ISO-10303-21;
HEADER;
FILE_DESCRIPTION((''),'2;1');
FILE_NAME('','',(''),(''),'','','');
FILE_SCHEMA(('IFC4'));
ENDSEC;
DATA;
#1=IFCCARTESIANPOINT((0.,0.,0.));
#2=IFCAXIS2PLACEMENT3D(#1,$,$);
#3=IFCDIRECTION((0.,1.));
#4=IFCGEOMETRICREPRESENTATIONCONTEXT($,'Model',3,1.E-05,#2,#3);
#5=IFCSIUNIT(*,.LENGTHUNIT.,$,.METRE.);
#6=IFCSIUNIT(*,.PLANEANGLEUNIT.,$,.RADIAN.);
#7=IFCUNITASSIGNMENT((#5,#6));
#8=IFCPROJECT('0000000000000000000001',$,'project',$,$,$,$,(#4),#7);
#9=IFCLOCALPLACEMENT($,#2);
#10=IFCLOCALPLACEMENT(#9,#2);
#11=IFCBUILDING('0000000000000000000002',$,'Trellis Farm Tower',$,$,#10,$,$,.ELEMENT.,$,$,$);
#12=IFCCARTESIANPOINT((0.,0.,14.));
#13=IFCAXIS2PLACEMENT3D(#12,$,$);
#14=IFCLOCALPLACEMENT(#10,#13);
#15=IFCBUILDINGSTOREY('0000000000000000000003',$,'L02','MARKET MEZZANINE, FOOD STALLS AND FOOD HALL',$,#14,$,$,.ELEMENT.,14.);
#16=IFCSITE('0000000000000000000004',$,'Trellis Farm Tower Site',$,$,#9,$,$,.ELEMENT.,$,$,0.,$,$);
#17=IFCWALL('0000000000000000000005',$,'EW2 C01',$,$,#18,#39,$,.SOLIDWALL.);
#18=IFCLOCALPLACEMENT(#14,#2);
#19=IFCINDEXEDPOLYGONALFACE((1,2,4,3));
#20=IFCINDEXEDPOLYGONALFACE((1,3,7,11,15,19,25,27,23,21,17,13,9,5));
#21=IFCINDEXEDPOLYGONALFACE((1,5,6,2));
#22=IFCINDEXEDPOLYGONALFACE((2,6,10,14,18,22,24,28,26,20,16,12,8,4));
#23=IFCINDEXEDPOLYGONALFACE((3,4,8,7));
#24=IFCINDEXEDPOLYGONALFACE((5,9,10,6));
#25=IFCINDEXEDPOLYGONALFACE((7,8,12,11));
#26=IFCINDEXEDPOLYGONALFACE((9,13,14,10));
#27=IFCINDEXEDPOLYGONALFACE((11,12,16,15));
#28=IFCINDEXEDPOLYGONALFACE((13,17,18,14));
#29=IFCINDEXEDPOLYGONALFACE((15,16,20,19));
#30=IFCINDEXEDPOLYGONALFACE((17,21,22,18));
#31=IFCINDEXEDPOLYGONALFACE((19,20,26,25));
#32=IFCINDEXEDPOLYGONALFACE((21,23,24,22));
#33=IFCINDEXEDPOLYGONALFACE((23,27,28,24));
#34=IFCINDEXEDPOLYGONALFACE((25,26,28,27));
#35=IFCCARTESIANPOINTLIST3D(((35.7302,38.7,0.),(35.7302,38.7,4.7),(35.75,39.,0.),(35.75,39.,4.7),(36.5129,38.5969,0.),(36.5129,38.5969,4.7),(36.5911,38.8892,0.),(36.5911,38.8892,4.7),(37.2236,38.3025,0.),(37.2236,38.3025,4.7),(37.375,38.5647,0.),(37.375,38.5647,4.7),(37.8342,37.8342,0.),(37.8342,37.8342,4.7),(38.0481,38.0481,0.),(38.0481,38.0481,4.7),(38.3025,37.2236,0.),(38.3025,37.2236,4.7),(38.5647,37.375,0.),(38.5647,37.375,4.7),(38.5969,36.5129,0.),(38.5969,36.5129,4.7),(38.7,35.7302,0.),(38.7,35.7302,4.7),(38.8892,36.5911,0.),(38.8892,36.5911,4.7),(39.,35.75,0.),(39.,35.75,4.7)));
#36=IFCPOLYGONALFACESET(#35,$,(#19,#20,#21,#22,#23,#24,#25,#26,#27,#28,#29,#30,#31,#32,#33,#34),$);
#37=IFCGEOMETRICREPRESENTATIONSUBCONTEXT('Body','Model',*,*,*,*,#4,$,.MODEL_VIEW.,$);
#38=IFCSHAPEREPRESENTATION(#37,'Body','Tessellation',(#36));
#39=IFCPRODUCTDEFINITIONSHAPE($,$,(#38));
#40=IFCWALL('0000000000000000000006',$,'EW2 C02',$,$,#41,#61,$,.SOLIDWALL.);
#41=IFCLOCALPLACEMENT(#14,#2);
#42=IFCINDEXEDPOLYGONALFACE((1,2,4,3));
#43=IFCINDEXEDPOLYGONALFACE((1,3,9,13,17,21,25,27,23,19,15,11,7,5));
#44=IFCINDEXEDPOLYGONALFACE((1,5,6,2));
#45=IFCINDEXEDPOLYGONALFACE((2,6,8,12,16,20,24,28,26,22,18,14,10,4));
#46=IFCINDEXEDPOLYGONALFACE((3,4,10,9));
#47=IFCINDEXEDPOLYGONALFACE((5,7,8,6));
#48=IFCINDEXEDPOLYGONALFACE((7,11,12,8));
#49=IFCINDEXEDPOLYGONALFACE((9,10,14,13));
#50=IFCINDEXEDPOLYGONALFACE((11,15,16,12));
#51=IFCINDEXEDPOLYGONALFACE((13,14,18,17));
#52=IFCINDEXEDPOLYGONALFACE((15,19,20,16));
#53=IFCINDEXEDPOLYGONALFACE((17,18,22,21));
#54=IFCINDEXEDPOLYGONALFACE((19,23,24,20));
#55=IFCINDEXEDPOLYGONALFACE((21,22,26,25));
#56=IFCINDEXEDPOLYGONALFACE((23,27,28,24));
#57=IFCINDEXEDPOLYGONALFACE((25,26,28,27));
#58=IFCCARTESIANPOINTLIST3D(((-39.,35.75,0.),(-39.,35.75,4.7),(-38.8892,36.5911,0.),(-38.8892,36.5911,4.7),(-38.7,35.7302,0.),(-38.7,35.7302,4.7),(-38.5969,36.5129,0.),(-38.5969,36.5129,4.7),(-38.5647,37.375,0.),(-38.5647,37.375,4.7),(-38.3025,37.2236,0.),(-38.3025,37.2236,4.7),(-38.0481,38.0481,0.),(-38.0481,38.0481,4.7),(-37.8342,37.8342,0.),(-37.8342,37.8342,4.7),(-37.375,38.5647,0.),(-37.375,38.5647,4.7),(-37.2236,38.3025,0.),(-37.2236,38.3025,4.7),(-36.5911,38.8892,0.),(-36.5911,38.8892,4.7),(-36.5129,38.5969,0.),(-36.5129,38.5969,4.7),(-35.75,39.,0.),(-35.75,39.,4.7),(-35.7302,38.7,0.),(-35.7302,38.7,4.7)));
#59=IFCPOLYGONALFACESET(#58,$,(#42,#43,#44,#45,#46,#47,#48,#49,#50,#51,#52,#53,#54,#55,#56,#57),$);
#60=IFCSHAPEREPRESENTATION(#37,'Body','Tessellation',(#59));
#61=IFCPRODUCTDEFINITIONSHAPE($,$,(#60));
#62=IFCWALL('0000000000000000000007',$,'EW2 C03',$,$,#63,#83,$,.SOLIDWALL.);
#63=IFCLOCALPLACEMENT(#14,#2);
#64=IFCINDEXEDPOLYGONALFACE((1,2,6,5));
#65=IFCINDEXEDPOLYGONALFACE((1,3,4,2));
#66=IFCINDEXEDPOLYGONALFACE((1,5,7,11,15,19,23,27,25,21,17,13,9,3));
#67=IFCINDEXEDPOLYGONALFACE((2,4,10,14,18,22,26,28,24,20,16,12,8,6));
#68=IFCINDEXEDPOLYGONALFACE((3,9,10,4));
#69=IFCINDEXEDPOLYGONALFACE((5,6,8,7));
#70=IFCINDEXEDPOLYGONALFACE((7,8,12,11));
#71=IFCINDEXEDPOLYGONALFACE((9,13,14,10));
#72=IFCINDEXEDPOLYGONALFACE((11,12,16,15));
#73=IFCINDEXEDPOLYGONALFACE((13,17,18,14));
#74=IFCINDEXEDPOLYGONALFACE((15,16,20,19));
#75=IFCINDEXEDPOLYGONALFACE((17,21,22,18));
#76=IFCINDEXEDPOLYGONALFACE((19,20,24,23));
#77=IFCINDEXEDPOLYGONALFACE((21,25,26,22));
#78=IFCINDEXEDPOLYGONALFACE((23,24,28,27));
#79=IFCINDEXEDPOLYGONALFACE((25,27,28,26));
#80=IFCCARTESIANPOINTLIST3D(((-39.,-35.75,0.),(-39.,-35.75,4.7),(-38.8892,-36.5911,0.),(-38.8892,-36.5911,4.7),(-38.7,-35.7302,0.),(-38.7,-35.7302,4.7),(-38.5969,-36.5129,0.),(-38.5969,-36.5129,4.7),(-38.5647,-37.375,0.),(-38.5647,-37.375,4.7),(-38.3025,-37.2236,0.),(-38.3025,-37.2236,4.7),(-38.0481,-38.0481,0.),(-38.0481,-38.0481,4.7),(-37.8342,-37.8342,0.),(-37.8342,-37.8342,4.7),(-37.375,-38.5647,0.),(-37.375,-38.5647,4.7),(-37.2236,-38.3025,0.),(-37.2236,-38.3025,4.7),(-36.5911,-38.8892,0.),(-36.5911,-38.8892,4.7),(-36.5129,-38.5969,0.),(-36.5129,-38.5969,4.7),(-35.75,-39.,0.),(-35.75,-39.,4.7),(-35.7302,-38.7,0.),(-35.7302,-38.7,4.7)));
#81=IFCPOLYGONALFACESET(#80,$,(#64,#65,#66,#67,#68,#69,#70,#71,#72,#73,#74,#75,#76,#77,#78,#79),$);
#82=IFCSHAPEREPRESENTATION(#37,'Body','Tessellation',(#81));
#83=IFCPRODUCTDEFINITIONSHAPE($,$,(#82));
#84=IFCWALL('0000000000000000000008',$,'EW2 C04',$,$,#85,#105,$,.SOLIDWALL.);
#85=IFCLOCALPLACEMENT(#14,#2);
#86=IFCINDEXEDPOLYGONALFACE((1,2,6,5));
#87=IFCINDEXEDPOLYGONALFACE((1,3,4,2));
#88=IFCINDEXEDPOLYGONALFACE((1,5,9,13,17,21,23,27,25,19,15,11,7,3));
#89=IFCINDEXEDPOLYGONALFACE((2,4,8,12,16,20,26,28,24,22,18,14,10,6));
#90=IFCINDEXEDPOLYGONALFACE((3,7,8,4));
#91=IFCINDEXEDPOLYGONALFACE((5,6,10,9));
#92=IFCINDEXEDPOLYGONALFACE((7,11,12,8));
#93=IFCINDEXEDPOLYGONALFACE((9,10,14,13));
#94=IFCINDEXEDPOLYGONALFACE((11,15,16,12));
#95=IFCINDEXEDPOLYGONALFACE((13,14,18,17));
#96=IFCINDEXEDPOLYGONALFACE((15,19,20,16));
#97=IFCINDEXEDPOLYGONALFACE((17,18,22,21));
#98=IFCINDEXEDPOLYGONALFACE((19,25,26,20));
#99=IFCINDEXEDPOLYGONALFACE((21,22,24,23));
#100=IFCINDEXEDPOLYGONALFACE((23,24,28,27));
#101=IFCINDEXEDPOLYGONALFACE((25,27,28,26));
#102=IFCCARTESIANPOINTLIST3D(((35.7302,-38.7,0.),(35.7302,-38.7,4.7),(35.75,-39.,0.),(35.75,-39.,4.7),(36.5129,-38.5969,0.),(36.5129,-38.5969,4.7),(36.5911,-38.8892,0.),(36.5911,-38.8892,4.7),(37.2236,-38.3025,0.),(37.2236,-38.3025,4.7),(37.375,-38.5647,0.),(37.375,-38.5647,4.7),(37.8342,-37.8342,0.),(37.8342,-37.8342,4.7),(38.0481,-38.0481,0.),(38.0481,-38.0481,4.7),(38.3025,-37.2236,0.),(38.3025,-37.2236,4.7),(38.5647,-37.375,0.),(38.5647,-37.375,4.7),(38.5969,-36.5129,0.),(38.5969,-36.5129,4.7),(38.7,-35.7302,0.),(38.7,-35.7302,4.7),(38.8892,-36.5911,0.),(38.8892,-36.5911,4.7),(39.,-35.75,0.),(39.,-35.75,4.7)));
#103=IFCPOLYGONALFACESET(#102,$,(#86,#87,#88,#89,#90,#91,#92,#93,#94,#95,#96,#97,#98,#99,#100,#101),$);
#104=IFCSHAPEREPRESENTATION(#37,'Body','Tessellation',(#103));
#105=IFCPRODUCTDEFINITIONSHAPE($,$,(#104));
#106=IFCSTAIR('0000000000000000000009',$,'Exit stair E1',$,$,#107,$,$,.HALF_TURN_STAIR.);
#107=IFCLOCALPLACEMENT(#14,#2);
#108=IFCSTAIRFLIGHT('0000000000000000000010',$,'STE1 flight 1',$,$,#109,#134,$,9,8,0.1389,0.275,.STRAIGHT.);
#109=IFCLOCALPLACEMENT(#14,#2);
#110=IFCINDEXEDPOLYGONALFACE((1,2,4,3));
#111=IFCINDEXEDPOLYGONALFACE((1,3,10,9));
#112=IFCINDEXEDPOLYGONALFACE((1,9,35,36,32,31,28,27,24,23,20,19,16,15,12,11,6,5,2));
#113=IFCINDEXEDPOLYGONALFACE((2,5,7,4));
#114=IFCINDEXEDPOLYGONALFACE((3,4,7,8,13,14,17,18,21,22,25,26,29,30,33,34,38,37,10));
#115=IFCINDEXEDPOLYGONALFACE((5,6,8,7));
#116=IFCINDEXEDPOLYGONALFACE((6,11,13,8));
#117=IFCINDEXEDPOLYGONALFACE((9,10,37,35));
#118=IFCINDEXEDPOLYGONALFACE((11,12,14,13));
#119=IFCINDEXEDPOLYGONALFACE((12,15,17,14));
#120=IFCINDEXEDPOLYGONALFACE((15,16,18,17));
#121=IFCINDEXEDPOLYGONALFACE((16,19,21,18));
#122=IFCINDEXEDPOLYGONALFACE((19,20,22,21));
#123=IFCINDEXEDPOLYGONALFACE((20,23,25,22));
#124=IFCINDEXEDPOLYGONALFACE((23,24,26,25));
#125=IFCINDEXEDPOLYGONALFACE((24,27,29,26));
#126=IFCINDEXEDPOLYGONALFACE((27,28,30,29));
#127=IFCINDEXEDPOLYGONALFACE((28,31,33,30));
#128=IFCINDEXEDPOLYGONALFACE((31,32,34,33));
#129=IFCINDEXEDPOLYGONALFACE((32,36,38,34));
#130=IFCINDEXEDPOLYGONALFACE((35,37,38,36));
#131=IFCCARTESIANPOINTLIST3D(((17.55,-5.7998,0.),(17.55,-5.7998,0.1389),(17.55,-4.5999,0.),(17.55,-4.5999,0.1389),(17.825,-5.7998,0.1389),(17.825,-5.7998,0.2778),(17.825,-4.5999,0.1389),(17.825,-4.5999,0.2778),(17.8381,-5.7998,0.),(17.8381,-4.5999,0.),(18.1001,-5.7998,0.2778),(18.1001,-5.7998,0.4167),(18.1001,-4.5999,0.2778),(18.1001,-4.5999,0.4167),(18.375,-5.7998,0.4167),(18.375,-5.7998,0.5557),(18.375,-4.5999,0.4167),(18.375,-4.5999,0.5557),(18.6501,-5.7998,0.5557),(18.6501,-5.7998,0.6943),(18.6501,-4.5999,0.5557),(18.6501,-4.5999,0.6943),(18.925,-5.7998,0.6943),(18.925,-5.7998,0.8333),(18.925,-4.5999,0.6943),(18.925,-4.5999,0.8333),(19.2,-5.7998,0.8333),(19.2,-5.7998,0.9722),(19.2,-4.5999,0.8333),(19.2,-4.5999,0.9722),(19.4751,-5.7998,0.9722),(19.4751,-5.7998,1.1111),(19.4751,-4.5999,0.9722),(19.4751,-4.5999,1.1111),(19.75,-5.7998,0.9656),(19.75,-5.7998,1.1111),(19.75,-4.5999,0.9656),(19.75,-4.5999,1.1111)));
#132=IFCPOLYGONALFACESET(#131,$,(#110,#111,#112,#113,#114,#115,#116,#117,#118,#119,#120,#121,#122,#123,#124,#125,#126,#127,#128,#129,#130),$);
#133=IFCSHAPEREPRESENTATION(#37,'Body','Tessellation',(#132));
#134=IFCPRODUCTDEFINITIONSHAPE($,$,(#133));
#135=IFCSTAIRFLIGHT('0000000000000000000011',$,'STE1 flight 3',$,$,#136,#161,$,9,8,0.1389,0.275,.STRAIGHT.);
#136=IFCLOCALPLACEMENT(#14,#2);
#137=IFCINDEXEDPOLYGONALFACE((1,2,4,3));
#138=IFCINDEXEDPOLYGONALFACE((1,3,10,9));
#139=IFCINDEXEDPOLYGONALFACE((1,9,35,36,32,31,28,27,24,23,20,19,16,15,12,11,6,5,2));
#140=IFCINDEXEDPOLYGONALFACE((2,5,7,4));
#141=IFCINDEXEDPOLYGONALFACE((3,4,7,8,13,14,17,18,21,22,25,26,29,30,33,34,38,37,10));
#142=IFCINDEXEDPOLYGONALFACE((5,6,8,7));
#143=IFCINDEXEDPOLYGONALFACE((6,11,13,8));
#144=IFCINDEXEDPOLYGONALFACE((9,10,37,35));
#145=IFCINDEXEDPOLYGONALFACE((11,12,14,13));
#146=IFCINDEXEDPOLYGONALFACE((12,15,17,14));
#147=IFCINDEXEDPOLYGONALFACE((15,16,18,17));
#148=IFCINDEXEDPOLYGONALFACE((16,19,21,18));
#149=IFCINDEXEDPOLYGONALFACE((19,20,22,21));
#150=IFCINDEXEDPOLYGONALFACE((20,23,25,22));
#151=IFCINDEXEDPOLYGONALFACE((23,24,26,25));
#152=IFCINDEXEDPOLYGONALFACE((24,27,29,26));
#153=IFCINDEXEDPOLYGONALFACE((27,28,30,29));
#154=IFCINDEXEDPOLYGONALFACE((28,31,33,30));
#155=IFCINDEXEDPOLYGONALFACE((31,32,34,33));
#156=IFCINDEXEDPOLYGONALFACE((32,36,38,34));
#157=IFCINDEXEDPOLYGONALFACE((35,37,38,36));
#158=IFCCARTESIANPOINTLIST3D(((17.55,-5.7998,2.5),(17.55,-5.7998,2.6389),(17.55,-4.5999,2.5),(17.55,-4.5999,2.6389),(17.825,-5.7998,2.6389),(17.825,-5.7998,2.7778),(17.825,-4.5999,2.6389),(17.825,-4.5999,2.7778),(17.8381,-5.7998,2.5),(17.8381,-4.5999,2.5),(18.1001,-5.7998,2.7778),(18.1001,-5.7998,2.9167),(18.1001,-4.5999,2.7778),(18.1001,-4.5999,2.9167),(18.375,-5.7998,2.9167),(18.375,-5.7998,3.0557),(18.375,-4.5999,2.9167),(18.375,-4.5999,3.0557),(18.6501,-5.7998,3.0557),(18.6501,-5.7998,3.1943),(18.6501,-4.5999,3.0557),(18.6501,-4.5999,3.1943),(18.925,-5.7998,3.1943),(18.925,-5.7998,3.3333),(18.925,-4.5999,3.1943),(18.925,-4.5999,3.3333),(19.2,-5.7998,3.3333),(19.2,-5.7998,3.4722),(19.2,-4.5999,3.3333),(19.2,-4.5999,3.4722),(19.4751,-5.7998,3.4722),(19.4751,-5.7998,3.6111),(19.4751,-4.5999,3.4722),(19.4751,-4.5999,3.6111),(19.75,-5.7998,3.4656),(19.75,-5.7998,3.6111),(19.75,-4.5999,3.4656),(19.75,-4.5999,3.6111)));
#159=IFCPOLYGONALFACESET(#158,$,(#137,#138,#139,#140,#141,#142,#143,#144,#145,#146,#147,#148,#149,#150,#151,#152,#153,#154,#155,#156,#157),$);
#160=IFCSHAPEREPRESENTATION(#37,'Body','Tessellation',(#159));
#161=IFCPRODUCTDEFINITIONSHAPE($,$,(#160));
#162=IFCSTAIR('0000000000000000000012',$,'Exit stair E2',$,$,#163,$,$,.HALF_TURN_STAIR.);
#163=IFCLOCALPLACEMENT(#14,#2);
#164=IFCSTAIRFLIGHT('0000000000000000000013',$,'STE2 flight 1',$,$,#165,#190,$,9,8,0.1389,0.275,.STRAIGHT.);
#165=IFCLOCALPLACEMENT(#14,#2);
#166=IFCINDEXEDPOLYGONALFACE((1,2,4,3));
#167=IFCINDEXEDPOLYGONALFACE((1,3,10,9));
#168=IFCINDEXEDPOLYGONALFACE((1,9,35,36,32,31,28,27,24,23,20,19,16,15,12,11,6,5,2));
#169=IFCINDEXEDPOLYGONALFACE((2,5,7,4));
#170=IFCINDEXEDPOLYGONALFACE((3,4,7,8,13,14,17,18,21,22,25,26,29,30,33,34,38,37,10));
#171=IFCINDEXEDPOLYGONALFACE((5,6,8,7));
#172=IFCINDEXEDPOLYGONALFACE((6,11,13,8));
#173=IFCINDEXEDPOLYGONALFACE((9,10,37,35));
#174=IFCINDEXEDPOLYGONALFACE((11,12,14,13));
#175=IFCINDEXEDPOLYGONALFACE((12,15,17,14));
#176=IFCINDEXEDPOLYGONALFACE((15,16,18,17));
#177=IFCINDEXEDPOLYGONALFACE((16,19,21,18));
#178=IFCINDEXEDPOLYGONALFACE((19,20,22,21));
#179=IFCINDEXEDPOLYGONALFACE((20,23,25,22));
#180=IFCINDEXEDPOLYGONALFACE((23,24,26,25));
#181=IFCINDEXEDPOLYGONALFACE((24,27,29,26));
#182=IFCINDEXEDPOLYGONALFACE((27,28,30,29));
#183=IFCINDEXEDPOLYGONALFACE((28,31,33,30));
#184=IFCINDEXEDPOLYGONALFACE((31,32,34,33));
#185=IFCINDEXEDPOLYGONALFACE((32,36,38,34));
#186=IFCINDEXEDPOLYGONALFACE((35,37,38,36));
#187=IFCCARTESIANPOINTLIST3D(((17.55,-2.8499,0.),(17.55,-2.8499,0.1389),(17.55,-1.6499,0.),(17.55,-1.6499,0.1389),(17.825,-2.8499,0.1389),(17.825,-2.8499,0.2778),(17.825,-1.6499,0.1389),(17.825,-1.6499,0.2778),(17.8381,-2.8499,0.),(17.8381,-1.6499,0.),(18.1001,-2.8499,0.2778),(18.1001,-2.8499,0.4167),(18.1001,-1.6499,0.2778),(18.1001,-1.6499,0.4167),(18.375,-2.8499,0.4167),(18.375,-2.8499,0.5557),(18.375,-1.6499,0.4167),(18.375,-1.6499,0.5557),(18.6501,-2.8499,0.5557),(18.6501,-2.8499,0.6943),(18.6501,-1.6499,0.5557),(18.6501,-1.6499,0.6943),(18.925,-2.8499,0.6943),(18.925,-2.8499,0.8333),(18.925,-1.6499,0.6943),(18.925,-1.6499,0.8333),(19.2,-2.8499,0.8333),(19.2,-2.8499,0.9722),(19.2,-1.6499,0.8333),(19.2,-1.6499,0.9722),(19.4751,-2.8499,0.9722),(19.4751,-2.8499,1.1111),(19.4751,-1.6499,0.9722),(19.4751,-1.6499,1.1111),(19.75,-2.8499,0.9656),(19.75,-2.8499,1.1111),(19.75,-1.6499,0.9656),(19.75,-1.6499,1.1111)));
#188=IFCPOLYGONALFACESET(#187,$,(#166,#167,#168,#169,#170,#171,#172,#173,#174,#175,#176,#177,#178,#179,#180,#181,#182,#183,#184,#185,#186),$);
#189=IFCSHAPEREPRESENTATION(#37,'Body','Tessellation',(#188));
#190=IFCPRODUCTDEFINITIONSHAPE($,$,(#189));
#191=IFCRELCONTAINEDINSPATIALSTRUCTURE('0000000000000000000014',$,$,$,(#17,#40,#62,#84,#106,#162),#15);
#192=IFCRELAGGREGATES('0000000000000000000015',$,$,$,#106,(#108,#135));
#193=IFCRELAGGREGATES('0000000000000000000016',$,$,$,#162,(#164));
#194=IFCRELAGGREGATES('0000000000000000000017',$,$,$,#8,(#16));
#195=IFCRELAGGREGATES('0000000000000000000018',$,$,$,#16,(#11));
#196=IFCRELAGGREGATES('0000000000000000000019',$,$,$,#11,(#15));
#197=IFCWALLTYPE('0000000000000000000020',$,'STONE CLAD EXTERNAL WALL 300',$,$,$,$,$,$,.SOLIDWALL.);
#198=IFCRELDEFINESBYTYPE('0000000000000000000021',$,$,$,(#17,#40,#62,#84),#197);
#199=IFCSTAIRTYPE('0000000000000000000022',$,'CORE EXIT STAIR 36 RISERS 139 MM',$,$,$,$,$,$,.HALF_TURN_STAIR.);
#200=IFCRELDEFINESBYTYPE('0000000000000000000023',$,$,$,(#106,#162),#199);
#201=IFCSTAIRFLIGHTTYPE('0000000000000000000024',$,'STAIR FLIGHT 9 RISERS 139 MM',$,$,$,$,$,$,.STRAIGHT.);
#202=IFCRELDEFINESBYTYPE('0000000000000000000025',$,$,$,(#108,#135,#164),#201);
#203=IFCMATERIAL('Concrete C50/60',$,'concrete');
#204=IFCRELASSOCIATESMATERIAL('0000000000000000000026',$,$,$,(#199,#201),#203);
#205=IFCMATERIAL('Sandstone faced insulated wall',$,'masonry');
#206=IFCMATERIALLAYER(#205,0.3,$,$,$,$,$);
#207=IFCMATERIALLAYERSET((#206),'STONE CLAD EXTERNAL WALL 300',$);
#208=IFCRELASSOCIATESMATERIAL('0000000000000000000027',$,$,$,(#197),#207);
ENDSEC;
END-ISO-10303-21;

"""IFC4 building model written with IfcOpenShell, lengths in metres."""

from ifc_helpers import new_model, si_unit, direction, frame, origin, place, context, subcontext, project, spatial, polyline, outline, extrude, source, transform, mapped, material, layer, layer_set, type_object, element, aggregate, save


model = new_model("IFC4")

# Units and contexts
model_context = context("Model", 3, precision=1e-05, world=origin(), true_north=direction((0.0, 1.0)))
body_context = subcontext(model_context, "Body", "Model", "MODEL_VIEW")
ifc_project = project(units=[si_unit("LENGTHUNIT", "METRE"), si_unit("PLANEANGLEUNIT", "RADIAN")], contexts=[model_context])

# Site, building, storey
site_placement = place(None, origin())
site = spatial("IfcSite", under=ifc_project, at=site_placement, Name="Trellis Farm Tower Site", CompositionType="ELEMENT", RefElevation=0.0)
building_placement = place(site_placement, origin())
building = spatial("IfcBuilding", under=site, at=building_placement, Name="Trellis Farm Tower", CompositionType="ELEMENT")
storey_placement = place(building_placement, frame((0.0, 0.0, 14.0)))
storey = spatial("IfcBuildingStorey", under=building, at=storey_placement, Name="L02", Description="MARKET MEZZANINE, FOOD STALLS AND FOOD HALL", CompositionType="ELEMENT", Elevation=14.0)

# Shared definitions
ifc_material_1 = material(Name="Concrete C50/60", Category="concrete")
placement_1 = place(storey_placement, origin())

# Shared definitions
stair_type_1 = type_object("IfcStairType", Name="CORE EXIT STAIR 36 RISERS 139 MM", PredefinedType="HALF_TURN_STAIR", material=ifc_material_1)

# Walls
ifc_material_2 = material(Name="Sandstone faced insulated wall", Category="masonry")
ifc_layer_1 = layer(ifc_material_2, 0.3)
ifc_layer_set_1 = layer_set([ifc_layer_1], Name="STONE CLAD EXTERNAL WALL 300")
wall_type_1 = type_object("IfcWallType", Name="STONE CLAD EXTERNAL WALL 300", PredefinedType="SOLIDWALL", material=ifc_layer_set_1)
shared_shape_1 = source(origin(), body_context, "Body", "SweptSolid", [
    extrude(outline(polyline([(39.0, 35.75), (38.8892, 36.5911), (38.5647, 37.375), (38.0481, 38.0481), (37.375, 38.5647), (36.5911, 38.8892), (35.75, 39.0), (35.7302, 38.7), (36.5129, 38.5969), (37.2236, 38.3025), (37.8342, 37.8342), (38.3025, 37.2236), (38.5969, 36.5129), (38.7, 35.7302), (39.0, 35.75)])), origin(), (0.0, 0.0, 1.0), 4.7),
])
element("IfcWall", 1, at=placement_1, inside=storey, type_object=wall_type_1, Name="EW2 C01", PredefinedType="SOLIDWALL", context=body_context, shape_type="MappedRepresentation", body=[
    mapped(shared_shape_1, transform((0.0, 0.0, 0.0))),
])
shared_shape_2 = source(origin(), body_context, "Body", "SweptSolid", [
    extrude(outline(polyline([(-35.75, 39.0), (-36.5911, 38.8892), (-37.375, 38.5647), (-38.0481, 38.0481), (-38.5647, 37.375), (-38.8892, 36.5911), (-39.0, 35.75), (-38.7, 35.7302), (-38.5969, 36.5129), (-38.3025, 37.2236), (-37.8342, 37.8342), (-37.2236, 38.3025), (-36.5129, 38.5969), (-35.7302, 38.7), (-35.75, 39.0)])), origin(), (0.0, 0.0, 1.0), 4.7),
])
element("IfcWall", 2, at=placement_1, inside=storey, type_object=wall_type_1, Name="EW2 C02", PredefinedType="SOLIDWALL", context=body_context, shape_type="MappedRepresentation", body=[
    mapped(shared_shape_2, transform((0.0, 0.0, 0.0))),
])
shared_shape_3 = source(origin(), body_context, "Body", "SweptSolid", [
    extrude(outline(polyline([(-39.0, -35.75), (-38.8892, -36.5911), (-38.5647, -37.375), (-38.0481, -38.0481), (-37.375, -38.5647), (-36.5911, -38.8892), (-35.75, -39.0), (-35.7302, -38.7), (-36.5129, -38.5969), (-37.2236, -38.3025), (-37.8342, -37.8342), (-38.3025, -37.2236), (-38.5969, -36.5129), (-38.7, -35.7302), (-39.0, -35.75)])), origin(), (0.0, 0.0, 1.0), 4.7),
])
element("IfcWall", 3, at=placement_1, inside=storey, type_object=wall_type_1, Name="EW2 C03", PredefinedType="SOLIDWALL", context=body_context, shape_type="MappedRepresentation", body=[
    mapped(shared_shape_3, transform((0.0, 0.0, 0.0))),
])
shared_shape_4 = source(origin(), body_context, "Body", "SweptSolid", [
    extrude(outline(polyline([(35.75, -39.0), (36.5911, -38.8892), (37.375, -38.5647), (38.0481, -38.0481), (38.5647, -37.375), (38.8892, -36.5911), (39.0, -35.75), (38.7, -35.7302), (38.5969, -36.5129), (38.3025, -37.2236), (37.8342, -37.8342), (37.2236, -38.3025), (36.5129, -38.5969), (35.7302, -38.7), (35.75, -39.0)])), origin(), (0.0, 0.0, 1.0), 4.7),
])
element("IfcWall", 4, at=placement_1, inside=storey, type_object=wall_type_1, Name="EW2 C04", PredefinedType="SOLIDWALL", context=body_context, shape_type="MappedRepresentation", body=[
    mapped(shared_shape_4, transform((0.0, 0.0, 0.0))),
])

# Stairs, stair flights
stair_1 = element("IfcStair", 5, at=placement_1, inside=storey, type_object=stair_type_1, Name="Exit stair E1", PredefinedType="HALF_TURN_STAIR")
stair_flight_type = type_object("IfcStairFlightType", Name="STAIR FLIGHT 9 RISERS 139 MM", PredefinedType="STRAIGHT", material=ifc_material_1)
shared_shape_5 = source(origin(), body_context, "Body", "SweptSolid", [
    extrude(outline(polyline([(0.0, 0.0), (0.0, 0.1389), (0.2749, 0.1389), (0.2749, 0.2778), (0.55, 0.2778), (0.55, 0.4167), (0.825, 0.4167), (0.825, 0.5557), (1.1001, 0.5557), (1.1001, 0.6943), (1.375, 0.6943), (1.375, 0.8333), (1.6499, 0.8333), (1.6499, 0.9722), (1.925, 0.9722), (1.925, 1.1111), (2.2, 1.1111), (2.2, 1.25), (2.2, 0.9656), (0.2881, 0.0), (0.0, 0.0)])), frame((0.0, 0.6001, 0.0), z_axis=(0.0, -1.0, 0.0), x_axis=(1.0, 0.0, 0.0)), (0.0, 0.0, 1.0), 1.2),
])
stair_flight_1_placement = place(storey_placement, frame((17.55, -5.2, 0.0), z_axis=(0.0, 0.0, 1.0), x_axis=(1.0, 0.0, 0.0)))
stair_flight_1 = element("IfcStairFlight", 6, at=stair_flight_1_placement, type_object=stair_flight_type, Name="STE1 flight 1", NumberOfRisers=9, NumberOfTreads=8, PredefinedType="STRAIGHT", RiserHeight=0.1389, TreadLength=0.275, context=body_context, shape_type="MappedRepresentation", body=[
    mapped(shared_shape_5, transform((0.0, 0.0, 0.0))),
])
stair_flight_2_placement = place(storey_placement, frame((17.55, -5.2, 2.5), z_axis=(0.0, 0.0, 1.0), x_axis=(1.0, 0.0, 0.0)))
stair_flight_2 = element("IfcStairFlight", 7, at=stair_flight_2_placement, type_object=stair_flight_type, Name="STE1 flight 3", NumberOfRisers=9, NumberOfTreads=8, PredefinedType="STRAIGHT", RiserHeight=0.1389, TreadLength=0.275, context=body_context, shape_type="MappedRepresentation", body=[
    mapped(shared_shape_5, transform((0.0, 0.0, 0.0))),
])
aggregate(stair_1, [stair_flight_1, stair_flight_2])
stair_2 = element("IfcStair", 8, at=placement_1, inside=storey, type_object=stair_type_1, Name="Exit stair E2", PredefinedType="HALF_TURN_STAIR")
stair_flight_3_placement = place(storey_placement, frame((17.55, -2.25, 0.0), z_axis=(0.0, 0.0, 1.0), x_axis=(1.0, 0.0, 0.0)))
stair_flight_3 = element("IfcStairFlight", 9, at=stair_flight_3_placement, type_object=stair_flight_type, Name="STE2 flight 1", NumberOfRisers=9, NumberOfTreads=8, PredefinedType="STRAIGHT", RiserHeight=0.1389, TreadLength=0.275, context=body_context, shape_type="MappedRepresentation", body=[
    mapped(shared_shape_5, transform((0.0, 0.0, 0.0))),
])
aggregate(stair_2, [stair_flight_3])

save(model, "model.ifc")
